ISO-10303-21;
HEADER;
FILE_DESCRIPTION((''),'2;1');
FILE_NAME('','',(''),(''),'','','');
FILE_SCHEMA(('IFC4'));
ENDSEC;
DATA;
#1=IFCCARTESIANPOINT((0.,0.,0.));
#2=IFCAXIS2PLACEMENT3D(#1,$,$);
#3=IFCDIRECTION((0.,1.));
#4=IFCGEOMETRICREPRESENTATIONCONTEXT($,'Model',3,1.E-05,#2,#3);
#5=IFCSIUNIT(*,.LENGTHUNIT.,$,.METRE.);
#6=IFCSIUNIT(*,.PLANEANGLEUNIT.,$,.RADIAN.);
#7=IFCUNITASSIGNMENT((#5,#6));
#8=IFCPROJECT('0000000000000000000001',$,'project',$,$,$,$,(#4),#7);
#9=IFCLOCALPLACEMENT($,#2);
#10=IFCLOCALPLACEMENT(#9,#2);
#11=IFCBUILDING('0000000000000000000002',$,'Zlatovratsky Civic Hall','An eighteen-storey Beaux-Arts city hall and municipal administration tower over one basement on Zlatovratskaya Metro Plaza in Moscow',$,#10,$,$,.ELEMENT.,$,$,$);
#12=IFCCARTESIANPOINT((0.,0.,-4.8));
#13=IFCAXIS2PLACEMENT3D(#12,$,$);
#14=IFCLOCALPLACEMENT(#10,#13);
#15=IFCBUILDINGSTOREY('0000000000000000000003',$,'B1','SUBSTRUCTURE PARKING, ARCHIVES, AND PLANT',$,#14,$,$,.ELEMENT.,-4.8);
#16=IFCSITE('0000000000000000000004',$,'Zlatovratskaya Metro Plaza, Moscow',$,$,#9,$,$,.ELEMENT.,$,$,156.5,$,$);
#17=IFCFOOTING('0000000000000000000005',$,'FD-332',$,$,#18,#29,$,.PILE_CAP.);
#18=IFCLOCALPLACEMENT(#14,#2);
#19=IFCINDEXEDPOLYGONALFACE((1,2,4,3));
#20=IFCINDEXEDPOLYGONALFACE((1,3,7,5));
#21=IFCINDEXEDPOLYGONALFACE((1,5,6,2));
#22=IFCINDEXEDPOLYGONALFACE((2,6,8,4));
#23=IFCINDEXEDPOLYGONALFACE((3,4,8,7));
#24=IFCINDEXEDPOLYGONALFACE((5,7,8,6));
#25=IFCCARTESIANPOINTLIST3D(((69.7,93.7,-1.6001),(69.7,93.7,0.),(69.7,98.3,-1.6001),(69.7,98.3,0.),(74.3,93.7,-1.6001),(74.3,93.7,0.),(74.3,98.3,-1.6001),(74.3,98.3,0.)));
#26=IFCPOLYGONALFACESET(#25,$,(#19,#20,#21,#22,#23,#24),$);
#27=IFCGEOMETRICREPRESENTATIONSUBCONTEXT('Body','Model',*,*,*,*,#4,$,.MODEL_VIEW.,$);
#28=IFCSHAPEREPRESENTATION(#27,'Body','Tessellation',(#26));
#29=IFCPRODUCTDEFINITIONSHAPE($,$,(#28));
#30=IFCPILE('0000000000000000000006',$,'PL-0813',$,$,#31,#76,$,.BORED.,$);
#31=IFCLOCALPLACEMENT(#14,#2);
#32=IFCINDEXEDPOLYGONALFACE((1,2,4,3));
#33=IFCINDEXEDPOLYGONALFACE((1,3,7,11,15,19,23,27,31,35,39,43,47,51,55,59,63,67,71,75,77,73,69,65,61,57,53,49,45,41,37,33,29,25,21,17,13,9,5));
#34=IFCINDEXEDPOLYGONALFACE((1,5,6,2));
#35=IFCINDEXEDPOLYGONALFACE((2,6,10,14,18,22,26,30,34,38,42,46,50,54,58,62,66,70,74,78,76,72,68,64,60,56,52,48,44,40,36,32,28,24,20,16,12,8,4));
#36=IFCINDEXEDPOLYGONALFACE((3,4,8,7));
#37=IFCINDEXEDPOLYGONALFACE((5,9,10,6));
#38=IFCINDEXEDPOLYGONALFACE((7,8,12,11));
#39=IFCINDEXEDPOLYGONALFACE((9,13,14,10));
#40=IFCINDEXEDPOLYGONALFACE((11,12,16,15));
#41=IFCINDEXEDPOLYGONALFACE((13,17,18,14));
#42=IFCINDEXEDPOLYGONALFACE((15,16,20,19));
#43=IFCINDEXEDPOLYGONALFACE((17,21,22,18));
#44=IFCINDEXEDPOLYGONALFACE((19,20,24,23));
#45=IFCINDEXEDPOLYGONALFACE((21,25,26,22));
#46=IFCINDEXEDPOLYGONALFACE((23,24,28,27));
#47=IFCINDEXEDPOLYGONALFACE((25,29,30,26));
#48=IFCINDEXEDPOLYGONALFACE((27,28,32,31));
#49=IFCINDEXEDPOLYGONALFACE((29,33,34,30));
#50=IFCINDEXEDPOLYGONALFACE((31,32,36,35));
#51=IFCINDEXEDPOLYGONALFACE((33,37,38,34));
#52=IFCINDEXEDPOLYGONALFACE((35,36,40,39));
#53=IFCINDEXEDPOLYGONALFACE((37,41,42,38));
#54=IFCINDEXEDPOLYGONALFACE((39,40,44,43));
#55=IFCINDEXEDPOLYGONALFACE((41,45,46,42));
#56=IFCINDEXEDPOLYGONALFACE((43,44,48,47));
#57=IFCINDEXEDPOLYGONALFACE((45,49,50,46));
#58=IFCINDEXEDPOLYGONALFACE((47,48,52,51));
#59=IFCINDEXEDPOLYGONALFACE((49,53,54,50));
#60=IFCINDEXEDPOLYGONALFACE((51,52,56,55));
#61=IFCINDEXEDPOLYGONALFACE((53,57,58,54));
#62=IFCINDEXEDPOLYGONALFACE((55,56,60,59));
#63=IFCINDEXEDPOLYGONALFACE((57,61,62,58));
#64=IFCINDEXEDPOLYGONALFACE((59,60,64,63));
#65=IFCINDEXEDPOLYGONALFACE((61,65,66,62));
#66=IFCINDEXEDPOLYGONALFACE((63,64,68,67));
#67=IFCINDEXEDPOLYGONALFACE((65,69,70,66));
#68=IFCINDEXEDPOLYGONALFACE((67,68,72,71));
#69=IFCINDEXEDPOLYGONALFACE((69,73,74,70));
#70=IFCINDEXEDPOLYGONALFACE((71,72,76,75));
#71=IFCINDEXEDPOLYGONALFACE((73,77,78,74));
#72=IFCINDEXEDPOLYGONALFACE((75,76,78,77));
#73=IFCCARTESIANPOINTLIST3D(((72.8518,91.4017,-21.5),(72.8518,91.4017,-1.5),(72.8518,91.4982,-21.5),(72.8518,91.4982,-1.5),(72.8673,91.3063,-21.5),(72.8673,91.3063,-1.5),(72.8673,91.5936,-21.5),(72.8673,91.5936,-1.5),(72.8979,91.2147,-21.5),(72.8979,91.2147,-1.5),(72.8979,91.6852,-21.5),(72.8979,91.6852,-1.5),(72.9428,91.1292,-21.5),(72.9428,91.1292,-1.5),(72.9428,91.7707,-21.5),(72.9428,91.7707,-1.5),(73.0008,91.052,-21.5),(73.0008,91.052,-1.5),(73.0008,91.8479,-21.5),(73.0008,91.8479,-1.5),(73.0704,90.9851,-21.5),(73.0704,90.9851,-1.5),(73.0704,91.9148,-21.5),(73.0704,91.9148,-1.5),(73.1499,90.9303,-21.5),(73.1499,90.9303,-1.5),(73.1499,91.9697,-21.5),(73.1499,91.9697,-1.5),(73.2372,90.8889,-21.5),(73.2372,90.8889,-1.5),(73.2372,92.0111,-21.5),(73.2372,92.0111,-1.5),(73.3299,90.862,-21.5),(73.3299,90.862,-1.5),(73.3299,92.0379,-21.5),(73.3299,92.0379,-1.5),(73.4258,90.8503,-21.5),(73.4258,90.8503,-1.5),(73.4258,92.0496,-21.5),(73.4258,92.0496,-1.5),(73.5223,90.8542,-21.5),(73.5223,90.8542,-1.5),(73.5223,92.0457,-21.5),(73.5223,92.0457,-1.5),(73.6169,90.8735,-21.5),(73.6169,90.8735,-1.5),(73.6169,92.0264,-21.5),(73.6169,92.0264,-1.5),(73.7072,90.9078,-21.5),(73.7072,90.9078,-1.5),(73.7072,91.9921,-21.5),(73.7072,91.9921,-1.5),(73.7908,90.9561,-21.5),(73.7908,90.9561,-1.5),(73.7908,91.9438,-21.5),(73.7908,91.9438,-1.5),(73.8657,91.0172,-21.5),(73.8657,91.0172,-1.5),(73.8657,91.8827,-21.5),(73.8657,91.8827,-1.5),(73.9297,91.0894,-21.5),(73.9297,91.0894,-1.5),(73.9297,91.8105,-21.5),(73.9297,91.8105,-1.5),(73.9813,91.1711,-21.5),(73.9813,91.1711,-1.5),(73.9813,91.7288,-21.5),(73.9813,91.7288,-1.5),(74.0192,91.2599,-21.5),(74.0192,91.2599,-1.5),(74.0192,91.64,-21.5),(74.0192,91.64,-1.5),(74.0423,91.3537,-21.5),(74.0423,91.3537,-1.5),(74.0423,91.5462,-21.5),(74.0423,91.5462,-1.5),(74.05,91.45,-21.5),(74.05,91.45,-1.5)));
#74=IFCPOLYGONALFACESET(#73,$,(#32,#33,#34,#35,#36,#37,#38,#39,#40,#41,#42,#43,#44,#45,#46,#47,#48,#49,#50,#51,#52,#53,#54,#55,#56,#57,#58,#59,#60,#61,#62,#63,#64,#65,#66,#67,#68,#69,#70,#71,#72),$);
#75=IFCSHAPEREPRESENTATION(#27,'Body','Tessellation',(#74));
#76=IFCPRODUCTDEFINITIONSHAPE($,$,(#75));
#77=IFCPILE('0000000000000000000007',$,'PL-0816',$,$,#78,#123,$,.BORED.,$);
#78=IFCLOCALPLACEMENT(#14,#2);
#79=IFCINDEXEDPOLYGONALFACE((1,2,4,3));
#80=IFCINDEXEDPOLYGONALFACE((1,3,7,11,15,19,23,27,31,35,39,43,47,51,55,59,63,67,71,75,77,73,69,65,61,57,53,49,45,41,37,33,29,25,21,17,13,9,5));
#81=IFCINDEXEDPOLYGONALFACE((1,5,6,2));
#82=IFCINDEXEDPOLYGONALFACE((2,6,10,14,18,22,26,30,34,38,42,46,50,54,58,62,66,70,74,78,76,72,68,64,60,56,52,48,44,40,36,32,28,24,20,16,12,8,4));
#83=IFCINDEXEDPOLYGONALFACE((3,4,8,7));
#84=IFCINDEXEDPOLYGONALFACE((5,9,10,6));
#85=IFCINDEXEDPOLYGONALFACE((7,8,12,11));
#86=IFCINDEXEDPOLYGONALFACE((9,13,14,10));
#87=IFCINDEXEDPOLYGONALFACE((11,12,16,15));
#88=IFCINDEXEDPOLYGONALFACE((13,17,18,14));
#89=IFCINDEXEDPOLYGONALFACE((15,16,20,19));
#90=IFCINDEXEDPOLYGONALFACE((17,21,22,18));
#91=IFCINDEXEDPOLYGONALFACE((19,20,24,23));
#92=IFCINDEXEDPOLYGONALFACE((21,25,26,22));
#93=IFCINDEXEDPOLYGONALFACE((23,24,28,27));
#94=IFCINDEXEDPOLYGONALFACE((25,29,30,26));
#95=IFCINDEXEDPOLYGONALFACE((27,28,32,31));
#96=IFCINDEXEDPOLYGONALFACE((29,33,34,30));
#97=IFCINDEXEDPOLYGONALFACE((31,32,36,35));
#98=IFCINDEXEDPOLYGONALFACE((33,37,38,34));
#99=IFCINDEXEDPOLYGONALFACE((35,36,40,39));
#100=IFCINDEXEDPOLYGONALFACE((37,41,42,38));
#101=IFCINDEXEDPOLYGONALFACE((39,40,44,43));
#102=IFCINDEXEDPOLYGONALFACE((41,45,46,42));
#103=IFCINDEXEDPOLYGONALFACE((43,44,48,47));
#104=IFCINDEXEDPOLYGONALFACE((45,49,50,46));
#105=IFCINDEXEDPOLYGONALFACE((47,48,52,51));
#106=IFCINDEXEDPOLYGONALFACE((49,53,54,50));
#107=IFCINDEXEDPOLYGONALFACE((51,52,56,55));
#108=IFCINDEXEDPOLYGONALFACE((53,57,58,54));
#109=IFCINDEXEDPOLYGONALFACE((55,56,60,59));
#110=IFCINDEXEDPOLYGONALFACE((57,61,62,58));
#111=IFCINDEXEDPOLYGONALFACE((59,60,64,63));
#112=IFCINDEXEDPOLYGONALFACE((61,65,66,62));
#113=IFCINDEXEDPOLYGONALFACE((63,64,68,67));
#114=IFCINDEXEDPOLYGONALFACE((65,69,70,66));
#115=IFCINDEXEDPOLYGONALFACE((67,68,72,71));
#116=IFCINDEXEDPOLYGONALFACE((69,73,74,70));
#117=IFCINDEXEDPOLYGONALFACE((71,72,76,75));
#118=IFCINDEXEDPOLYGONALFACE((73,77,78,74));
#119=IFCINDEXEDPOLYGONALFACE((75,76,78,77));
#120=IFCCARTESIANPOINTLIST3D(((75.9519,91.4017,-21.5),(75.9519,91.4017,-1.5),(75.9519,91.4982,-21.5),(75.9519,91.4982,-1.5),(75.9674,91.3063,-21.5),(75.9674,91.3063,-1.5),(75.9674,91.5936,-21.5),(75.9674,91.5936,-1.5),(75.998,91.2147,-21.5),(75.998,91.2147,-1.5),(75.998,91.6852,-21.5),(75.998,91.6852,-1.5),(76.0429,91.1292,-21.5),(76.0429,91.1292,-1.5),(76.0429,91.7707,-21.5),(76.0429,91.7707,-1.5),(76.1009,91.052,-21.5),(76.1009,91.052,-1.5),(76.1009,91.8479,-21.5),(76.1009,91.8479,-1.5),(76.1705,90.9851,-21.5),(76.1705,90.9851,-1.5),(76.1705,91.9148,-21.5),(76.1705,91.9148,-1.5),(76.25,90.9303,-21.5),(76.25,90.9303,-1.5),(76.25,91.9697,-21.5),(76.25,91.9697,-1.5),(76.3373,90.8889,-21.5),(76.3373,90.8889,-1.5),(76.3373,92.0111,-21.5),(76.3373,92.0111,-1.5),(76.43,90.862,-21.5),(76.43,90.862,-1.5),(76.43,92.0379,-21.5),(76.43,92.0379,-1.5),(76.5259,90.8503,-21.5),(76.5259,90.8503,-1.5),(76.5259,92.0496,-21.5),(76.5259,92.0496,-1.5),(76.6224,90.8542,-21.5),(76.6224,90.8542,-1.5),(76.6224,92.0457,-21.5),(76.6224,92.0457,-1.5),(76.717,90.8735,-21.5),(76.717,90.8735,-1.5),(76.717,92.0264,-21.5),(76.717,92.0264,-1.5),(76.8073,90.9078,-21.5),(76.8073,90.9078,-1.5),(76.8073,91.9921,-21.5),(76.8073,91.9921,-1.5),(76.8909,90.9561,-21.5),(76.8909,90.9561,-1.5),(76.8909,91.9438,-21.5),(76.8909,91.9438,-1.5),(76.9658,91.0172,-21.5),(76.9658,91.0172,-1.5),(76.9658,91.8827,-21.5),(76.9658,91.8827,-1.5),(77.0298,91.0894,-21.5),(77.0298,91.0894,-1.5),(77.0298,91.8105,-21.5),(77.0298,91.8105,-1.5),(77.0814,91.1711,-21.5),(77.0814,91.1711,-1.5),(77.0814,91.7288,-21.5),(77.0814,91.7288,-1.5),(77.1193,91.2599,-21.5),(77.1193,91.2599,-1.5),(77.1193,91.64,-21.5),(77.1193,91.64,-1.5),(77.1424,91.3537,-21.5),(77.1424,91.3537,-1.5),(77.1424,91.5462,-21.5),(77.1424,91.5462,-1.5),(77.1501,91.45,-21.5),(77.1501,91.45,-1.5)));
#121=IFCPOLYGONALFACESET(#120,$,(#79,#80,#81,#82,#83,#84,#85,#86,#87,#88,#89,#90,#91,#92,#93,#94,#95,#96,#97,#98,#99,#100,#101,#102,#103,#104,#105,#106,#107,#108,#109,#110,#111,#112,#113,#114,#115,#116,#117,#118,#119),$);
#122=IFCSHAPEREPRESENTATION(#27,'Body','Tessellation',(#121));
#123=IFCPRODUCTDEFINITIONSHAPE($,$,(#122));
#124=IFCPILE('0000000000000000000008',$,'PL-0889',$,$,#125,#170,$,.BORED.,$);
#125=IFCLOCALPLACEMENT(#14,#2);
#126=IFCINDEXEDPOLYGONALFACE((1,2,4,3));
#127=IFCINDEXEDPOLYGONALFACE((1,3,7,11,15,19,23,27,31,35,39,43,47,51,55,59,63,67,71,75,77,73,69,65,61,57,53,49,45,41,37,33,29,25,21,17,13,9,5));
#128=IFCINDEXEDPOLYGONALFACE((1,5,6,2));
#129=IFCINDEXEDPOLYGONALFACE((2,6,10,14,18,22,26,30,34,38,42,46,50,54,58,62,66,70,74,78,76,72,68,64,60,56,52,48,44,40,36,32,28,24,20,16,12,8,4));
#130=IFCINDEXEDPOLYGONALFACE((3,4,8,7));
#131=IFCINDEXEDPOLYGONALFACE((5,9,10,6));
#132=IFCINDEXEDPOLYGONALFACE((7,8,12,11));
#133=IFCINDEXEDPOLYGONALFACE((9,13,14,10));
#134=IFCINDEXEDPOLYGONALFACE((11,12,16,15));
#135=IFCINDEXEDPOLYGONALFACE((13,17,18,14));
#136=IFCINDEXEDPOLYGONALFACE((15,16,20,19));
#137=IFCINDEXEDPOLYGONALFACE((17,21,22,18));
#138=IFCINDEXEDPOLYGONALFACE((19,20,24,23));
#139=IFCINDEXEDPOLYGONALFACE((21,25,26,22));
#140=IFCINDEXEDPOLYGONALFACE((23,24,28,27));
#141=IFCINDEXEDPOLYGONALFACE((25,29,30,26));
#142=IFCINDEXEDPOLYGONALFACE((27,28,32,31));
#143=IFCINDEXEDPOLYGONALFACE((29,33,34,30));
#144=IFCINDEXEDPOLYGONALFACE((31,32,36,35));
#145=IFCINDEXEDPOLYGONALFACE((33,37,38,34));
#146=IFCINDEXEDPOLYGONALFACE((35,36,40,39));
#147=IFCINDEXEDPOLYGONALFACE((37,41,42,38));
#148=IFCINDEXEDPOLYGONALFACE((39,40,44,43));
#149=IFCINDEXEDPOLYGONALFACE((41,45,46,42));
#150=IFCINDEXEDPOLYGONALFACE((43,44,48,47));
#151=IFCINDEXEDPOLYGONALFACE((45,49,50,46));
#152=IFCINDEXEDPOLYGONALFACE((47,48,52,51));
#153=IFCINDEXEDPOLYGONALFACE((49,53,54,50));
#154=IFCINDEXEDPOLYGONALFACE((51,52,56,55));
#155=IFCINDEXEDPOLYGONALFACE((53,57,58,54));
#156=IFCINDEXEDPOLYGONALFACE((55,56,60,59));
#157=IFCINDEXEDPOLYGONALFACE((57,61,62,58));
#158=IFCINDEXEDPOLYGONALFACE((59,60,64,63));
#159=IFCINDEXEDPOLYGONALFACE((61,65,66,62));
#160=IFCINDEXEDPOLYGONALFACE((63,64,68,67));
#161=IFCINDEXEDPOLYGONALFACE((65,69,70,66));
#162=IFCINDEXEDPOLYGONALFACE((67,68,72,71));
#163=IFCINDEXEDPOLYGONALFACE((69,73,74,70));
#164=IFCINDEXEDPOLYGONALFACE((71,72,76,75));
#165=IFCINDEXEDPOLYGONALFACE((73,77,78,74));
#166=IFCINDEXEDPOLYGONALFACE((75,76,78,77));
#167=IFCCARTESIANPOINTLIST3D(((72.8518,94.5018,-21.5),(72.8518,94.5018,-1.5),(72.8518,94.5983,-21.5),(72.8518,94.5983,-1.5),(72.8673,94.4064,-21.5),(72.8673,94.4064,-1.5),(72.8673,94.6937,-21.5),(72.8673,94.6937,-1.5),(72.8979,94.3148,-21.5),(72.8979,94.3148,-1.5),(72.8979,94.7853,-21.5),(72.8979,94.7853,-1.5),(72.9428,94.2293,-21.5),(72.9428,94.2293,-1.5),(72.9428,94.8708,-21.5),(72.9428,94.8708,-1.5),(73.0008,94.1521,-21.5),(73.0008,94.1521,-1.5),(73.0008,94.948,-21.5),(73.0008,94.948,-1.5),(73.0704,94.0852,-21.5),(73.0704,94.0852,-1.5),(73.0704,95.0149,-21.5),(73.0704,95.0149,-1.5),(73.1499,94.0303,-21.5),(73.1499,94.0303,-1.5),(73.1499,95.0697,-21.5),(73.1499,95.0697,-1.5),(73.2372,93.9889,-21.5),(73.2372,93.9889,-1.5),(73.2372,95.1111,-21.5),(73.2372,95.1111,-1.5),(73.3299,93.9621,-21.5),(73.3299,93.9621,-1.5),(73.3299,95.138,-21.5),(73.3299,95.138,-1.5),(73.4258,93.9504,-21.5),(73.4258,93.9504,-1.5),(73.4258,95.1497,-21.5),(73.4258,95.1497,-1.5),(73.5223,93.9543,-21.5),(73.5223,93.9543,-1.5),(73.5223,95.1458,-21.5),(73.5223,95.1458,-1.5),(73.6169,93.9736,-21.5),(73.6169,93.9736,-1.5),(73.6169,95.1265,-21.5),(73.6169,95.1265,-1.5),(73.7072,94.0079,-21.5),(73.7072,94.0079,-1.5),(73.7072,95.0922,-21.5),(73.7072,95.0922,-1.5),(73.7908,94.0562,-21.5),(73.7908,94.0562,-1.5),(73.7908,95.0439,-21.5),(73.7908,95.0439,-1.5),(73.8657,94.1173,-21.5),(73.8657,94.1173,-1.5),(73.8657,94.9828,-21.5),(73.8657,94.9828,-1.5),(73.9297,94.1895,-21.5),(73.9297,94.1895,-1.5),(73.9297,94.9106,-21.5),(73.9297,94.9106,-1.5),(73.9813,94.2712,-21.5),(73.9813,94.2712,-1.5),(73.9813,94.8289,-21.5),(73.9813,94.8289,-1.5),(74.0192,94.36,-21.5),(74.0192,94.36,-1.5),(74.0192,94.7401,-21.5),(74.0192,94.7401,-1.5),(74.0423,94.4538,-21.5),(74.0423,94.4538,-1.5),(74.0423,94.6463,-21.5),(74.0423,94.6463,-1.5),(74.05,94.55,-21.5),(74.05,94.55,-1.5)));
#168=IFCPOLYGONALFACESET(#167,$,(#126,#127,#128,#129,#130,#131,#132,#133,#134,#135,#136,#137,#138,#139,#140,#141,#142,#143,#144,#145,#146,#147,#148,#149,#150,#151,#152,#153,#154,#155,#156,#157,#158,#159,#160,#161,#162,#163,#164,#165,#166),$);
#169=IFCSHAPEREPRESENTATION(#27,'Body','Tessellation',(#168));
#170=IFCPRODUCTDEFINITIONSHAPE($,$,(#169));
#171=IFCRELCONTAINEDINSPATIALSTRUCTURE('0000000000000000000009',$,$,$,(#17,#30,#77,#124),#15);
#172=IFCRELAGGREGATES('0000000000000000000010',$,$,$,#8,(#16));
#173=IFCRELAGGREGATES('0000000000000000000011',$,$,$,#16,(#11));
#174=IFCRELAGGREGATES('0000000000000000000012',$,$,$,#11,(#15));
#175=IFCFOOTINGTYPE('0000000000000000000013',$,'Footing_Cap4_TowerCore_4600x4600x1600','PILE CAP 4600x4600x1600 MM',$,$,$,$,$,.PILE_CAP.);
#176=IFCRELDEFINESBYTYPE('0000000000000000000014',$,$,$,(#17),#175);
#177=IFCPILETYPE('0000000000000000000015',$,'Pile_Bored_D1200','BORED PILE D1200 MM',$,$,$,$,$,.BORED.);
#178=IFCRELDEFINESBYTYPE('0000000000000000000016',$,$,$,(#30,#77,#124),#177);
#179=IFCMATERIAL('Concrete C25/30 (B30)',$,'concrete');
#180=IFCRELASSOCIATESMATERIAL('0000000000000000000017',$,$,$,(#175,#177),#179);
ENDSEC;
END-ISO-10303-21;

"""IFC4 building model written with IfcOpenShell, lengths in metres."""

from ifc_helpers import new_model, si_unit, direction, frame, origin, origin_2d, place, context, subcontext, project, spatial, rectangle, circle, extrude, material, material_profile, profile_set, type_object, element, save


model = new_model("IFC4")

# Units and contexts
model_context = context("Model", 3, precision=1e-05, world=origin(), true_north=direction((0.0, 1.0)))
body_context = subcontext(model_context, "Body", "Model", "MODEL_VIEW")
ifc_project = project(units=[si_unit("LENGTHUNIT", "METRE"), si_unit("PLANEANGLEUNIT", "RADIAN")], contexts=[model_context])

# Site, building, storey
site_placement = place(None, origin())
site = spatial("IfcSite", under=ifc_project, at=site_placement, Name="Zlatovratskaya Metro Plaza, Moscow", CompositionType="ELEMENT", RefElevation=156.5)
building_placement = place(site_placement, origin())
building = spatial("IfcBuilding", under=site, at=building_placement, Name="Zlatovratsky Civic Hall", Description="An eighteen-storey Beaux-Arts city hall and municipal administration tower over one basement on Zlatovratskaya Metro Plaza in Moscow", CompositionType="ELEMENT")
storey_placement = place(building_placement, frame((0.0, 0.0, -4.8)))
storey = spatial("IfcBuildingStorey", under=building, at=storey_placement, Name="B1", Description="SUBSTRUCTURE PARKING, ARCHIVES, AND PLANT", CompositionType="ELEMENT", Elevation=-4.8)

# Footing
ifc_material_1 = material(Name="Concrete C25/30 (B30)", Category="concrete")
footing_type = type_object("IfcFootingType", Name="Footing_Cap4_TowerCore_4600x4600x1600", Description="PILE CAP 4600x4600x1600 MM", PredefinedType="PILE_CAP", material=ifc_material_1)
footing_placement = place(storey_placement, frame((72.0, 96.0, -1.6001), z_axis=(0.0, 0.0, 1.0), x_axis=(1.0, 0.0, 0.0)))
element("IfcFooting", 1, at=footing_placement, inside=storey, type_object=footing_type, Name="FD-332", PredefinedType="PILE_CAP", context=body_context, shape_type="SweptSolid", body=[
    extrude(rectangle(XDim=4.6001, YDim=4.6001, at=origin_2d()), origin(), (0.0, 0.0, 1.0), 1.6001),
])

# Piles
ifc_material_profile_1 = material_profile(ifc_material_1, circle(Radius=0.6001, at=origin_2d()), Name="PILE D1200")
ifc_profile_set_1 = profile_set([ifc_material_profile_1], Name="Concrete C25/30 (B30)")
pile_type = type_object("IfcPileType", Name="Pile_Bored_D1200", Description="BORED PILE D1200 MM", PredefinedType="BORED", material=ifc_profile_set_1)
for number, where, z_axis, x_axis, name in (
    (2, (73.45, 91.45, -1.5), (0.0, 0.0, -1.0), (1.0, 0.0, 0.0), "PL-0813"),
    (3, (76.55, 91.45, -1.5), (0.0, 0.0, -1.0), (1.0, 0.0, 0.0), "PL-0816"),
    (4, (73.45, 94.55, -1.5), (0.0, 0.0, -1.0), (1.0, 0.0, 0.0), "PL-0889"),
):
    element("IfcPile", number, at=place(storey_placement, frame(where, z_axis=z_axis, x_axis=x_axis)), inside=storey, type_object=pile_type, Name=name, PredefinedType="BORED", context=body_context, shape_type="SweptSolid", body=[
        extrude(circle(Radius=0.6001, at=origin_2d()), origin(), (0.0, 0.0, 1.0), 20.0),
    ])

save(model, "model.ifc")
